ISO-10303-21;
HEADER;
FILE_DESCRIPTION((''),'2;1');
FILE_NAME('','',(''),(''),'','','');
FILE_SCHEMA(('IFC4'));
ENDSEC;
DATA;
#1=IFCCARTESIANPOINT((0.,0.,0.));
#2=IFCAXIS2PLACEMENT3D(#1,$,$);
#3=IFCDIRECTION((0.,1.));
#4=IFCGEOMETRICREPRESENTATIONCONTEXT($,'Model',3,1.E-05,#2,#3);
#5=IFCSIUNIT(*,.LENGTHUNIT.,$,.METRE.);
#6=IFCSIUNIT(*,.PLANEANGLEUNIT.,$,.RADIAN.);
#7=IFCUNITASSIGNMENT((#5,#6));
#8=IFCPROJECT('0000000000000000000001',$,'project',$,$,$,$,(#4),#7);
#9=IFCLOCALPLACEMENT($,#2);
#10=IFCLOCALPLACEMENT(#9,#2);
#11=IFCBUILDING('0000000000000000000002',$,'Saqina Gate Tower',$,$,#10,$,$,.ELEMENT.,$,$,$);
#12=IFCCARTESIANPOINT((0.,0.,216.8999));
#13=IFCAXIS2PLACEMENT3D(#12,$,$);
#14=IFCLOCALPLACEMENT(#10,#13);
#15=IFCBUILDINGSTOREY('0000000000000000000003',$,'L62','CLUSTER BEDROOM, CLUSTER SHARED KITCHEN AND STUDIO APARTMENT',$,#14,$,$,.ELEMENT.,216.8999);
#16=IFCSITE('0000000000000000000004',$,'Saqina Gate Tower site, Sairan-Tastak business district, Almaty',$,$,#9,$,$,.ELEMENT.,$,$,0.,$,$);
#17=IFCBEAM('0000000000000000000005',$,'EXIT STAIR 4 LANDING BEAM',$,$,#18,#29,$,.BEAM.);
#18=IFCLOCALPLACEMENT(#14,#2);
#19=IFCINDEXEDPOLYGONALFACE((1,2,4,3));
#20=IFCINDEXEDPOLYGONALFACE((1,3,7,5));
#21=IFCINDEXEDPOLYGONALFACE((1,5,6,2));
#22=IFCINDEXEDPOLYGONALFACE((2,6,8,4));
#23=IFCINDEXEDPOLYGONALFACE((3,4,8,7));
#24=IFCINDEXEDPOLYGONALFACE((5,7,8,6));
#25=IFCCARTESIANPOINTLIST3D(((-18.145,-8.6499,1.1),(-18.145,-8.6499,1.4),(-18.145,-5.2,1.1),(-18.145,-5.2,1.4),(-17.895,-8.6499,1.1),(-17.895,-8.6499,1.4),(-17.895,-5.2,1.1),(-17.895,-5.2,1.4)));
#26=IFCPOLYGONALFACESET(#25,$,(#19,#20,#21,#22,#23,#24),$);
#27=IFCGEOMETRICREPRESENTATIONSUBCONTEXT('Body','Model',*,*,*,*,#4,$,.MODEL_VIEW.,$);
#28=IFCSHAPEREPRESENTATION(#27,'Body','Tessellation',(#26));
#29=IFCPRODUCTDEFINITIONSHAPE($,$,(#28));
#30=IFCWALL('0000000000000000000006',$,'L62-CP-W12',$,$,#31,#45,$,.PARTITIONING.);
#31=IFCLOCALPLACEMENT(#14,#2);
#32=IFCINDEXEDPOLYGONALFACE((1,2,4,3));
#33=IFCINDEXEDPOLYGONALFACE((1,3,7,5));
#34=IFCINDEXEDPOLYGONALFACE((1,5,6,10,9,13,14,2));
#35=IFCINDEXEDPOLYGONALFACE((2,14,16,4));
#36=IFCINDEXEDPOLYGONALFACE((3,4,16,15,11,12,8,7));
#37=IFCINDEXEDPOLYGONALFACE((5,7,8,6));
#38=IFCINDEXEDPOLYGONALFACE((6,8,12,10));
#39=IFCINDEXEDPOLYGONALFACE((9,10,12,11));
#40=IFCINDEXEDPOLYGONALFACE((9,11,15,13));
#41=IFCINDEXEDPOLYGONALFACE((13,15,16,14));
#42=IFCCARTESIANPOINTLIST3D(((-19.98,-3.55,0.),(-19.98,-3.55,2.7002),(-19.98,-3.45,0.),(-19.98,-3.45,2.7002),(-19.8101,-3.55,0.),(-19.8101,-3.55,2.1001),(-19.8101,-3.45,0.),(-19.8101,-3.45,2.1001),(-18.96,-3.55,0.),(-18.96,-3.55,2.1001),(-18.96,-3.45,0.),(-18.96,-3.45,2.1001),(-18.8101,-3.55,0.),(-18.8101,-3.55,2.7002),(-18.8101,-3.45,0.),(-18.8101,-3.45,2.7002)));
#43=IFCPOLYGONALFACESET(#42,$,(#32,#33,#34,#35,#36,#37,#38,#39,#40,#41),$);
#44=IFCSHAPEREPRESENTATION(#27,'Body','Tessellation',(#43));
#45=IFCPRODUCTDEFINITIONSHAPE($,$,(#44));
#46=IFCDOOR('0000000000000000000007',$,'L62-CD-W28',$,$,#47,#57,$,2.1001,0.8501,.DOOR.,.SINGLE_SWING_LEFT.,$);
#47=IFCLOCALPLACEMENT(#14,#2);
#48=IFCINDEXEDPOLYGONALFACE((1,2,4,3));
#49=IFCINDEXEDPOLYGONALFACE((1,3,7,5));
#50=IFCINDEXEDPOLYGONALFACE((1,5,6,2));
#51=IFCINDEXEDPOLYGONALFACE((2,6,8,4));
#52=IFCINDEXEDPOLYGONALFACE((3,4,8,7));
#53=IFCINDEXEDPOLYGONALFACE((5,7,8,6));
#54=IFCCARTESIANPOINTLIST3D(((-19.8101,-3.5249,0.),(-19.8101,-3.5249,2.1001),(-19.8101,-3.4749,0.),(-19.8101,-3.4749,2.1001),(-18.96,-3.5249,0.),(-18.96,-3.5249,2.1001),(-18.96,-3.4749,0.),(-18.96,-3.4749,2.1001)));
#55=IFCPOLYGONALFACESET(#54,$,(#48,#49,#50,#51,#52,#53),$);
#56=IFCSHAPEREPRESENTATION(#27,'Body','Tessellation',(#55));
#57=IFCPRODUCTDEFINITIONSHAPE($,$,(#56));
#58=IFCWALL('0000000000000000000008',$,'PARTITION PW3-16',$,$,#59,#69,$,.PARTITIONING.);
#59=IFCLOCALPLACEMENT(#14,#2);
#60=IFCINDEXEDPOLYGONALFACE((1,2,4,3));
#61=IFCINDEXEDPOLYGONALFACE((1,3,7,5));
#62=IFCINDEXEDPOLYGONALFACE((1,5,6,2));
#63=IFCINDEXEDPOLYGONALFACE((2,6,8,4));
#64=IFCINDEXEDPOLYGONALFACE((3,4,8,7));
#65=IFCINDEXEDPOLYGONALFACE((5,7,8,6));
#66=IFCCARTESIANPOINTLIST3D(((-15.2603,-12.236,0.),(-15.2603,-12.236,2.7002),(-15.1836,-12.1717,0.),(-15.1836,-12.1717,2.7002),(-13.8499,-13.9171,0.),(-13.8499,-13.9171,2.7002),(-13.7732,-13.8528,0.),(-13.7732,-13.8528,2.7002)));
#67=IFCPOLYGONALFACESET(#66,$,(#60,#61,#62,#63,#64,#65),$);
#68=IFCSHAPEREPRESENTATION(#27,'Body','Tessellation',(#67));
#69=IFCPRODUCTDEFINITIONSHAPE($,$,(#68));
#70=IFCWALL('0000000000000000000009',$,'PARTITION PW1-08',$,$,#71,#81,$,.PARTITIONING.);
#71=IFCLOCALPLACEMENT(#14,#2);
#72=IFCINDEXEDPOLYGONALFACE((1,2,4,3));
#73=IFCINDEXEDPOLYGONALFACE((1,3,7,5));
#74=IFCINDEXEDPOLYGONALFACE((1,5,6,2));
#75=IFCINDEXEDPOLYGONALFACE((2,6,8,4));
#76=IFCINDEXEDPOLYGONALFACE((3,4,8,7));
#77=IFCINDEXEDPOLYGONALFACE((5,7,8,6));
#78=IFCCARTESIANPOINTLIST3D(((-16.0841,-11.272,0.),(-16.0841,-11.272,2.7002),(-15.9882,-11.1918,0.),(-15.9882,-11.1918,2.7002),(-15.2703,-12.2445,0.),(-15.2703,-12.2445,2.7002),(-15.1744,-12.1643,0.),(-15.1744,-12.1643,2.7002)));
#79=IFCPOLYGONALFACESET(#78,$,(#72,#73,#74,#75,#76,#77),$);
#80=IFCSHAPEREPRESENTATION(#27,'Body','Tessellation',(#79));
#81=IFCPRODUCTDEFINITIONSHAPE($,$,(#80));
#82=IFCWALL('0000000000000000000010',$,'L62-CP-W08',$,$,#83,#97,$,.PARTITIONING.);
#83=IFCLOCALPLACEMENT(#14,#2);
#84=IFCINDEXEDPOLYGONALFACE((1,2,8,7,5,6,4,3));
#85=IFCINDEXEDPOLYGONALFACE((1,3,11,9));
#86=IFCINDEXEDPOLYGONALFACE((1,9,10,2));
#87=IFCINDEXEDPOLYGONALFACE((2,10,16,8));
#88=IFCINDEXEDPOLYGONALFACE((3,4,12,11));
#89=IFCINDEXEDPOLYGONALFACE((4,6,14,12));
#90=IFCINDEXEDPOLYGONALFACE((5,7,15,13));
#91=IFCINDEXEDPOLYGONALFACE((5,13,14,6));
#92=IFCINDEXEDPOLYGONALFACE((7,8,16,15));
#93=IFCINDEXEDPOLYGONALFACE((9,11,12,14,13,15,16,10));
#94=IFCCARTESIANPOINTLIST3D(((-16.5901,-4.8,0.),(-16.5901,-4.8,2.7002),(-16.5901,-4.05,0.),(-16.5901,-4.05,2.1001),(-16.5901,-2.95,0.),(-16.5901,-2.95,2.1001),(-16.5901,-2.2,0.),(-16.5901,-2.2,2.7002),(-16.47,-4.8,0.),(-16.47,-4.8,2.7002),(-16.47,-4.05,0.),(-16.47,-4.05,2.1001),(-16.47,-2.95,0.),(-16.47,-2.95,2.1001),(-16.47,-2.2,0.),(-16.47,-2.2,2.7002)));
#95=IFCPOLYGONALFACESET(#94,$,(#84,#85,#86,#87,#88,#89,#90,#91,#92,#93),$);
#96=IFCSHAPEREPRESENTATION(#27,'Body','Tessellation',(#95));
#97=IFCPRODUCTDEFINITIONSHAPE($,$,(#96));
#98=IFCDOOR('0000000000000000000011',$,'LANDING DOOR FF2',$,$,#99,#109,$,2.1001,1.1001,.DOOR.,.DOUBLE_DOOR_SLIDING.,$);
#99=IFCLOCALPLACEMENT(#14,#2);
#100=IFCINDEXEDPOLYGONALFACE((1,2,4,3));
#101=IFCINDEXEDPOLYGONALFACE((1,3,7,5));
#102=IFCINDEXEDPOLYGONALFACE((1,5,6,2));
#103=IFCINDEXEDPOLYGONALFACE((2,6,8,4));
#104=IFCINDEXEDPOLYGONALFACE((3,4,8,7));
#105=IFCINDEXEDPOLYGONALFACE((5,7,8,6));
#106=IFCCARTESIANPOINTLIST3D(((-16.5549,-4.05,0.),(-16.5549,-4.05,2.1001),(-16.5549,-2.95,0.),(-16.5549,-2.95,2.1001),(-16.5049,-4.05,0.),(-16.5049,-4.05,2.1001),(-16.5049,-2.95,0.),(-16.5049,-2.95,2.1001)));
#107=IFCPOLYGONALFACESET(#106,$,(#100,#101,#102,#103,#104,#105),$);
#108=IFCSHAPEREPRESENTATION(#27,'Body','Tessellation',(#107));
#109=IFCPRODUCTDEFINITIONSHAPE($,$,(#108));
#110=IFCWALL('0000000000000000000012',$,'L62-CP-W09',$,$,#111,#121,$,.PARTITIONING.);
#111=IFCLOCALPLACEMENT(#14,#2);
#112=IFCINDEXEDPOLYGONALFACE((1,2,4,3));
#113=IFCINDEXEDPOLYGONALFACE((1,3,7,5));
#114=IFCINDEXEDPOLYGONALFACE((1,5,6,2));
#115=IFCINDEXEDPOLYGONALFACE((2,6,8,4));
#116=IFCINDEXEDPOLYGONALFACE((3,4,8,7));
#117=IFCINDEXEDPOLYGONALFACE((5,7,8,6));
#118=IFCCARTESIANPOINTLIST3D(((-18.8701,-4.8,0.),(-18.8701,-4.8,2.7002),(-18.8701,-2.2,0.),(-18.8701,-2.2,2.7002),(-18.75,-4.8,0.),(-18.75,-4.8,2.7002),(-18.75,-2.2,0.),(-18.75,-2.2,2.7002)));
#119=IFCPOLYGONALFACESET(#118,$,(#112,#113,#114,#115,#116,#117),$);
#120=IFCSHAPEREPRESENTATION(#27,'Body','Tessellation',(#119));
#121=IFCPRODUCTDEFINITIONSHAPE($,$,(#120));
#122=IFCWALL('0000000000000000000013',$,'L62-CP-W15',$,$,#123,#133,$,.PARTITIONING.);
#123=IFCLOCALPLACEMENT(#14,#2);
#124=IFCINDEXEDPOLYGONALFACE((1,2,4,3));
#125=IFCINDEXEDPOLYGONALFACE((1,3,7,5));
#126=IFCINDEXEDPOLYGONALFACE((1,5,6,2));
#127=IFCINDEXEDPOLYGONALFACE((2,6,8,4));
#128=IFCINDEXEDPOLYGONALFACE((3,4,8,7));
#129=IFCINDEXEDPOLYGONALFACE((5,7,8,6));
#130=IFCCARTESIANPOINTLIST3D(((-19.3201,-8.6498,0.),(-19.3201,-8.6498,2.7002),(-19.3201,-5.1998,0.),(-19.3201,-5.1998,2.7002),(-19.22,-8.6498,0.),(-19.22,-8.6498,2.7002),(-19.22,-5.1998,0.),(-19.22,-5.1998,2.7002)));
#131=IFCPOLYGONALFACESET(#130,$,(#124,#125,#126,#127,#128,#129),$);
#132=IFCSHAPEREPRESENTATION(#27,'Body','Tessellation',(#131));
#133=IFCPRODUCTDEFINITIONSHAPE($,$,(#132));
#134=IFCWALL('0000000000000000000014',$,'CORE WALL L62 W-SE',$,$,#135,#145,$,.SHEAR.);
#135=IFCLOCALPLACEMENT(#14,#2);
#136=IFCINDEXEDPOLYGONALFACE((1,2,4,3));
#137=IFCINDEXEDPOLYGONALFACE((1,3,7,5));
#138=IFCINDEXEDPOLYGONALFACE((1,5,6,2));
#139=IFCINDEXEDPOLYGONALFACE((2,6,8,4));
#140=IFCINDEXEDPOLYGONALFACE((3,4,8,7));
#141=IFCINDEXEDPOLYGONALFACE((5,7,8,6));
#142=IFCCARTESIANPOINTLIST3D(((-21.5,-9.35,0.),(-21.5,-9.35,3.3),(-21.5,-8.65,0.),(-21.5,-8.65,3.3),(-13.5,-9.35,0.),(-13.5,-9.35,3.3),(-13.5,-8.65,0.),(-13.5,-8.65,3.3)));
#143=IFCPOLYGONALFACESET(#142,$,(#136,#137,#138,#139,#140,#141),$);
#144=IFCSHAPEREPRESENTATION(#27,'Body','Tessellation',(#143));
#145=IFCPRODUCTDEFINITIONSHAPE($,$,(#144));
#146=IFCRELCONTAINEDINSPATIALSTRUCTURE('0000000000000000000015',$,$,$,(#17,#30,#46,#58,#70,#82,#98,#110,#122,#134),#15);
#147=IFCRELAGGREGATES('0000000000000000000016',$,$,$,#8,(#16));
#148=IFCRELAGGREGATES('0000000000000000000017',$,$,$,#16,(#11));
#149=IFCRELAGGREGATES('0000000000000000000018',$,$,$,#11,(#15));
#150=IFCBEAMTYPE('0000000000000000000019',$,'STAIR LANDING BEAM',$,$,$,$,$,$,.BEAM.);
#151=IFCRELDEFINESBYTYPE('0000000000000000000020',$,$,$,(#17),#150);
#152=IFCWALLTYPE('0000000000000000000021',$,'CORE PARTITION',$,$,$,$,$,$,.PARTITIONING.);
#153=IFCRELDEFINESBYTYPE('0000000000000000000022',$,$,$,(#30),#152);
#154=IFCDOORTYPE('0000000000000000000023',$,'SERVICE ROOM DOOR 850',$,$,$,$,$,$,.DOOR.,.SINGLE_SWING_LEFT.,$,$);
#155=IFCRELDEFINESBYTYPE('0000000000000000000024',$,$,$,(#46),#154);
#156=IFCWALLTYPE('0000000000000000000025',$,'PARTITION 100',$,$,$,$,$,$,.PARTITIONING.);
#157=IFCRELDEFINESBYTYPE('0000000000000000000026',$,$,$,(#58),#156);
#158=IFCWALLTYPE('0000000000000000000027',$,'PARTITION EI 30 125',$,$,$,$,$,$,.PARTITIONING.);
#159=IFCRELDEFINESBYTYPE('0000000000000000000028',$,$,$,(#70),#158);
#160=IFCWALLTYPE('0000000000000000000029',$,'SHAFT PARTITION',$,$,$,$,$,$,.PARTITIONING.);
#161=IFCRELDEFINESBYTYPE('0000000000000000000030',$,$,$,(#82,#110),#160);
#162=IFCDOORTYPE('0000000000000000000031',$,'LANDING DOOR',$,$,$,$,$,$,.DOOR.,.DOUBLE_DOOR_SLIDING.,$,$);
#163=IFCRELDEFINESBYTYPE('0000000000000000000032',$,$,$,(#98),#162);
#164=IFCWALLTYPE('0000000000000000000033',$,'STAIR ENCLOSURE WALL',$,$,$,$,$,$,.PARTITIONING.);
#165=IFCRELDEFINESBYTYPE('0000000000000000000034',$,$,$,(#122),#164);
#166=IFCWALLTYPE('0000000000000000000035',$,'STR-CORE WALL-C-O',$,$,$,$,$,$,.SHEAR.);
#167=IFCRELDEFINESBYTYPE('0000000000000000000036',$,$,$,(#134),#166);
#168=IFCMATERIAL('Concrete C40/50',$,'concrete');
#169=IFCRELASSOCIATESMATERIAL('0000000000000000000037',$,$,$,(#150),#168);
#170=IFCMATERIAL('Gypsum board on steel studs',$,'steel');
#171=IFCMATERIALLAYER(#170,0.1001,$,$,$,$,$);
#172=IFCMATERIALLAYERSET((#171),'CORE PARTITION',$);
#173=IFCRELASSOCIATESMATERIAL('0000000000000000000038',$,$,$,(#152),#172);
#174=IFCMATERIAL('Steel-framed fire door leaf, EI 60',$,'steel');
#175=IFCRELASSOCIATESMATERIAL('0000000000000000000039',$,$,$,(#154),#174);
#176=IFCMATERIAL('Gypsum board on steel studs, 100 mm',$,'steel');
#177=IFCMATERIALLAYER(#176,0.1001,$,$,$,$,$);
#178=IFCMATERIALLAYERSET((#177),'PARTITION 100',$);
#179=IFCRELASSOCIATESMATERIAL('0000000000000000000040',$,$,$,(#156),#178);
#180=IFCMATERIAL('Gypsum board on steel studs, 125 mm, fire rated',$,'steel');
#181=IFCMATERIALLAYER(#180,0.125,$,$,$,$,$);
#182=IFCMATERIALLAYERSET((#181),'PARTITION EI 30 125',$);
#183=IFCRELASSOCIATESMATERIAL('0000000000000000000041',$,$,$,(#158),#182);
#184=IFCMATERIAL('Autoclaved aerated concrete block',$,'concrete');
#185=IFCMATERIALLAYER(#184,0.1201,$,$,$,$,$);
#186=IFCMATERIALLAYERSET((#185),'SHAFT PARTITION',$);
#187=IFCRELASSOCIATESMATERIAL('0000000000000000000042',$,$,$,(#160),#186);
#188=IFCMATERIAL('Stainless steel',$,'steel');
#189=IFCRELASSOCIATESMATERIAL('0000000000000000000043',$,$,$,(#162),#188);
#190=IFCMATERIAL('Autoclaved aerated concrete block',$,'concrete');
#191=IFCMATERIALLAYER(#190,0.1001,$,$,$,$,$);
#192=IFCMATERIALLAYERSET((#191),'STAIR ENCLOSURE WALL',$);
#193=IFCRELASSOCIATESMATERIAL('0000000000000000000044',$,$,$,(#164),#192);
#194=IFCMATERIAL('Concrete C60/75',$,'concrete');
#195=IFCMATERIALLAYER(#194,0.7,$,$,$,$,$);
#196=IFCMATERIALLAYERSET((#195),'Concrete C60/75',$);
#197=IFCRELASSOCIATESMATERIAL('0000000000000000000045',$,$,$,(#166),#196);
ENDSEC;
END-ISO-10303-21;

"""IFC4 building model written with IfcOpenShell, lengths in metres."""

from ifc_helpers import new_model, si_unit, direction, frame, frame_2d, origin, origin_2d, place, context, subcontext, project, spatial, rectangle, extrude, material, layer, layer_set, material_profile, profile_set, type_object, element, fill, save


model = new_model("IFC4")

# Units and contexts
model_context = context("Model", 3, precision=1e-05, world=origin(), true_north=direction((0.0, 1.0)))
body_context = subcontext(model_context, "Body", "Model", "MODEL_VIEW")
ifc_project = project(units=[si_unit("LENGTHUNIT", "METRE"), si_unit("PLANEANGLEUNIT", "RADIAN")], contexts=[model_context])

# Site, building, storey
site_placement = place(None, origin())
site = spatial("IfcSite", under=ifc_project, at=site_placement, Name="Saqina Gate Tower site, Sairan-Tastak business district, Almaty", CompositionType="ELEMENT", RefElevation=0.0)
building_placement = place(site_placement, origin())
building = spatial("IfcBuilding", under=site, at=building_placement, Name="Saqina Gate Tower", CompositionType="ELEMENT")
storey_placement = place(building_placement, frame((0.0, 0.0, 216.8999)))
storey = spatial("IfcBuildingStorey", under=building, at=storey_placement, Name="L62", Description="CLUSTER BEDROOM, CLUSTER SHARED KITCHEN AND STUDIO APARTMENT", CompositionType="ELEMENT", Elevation=216.8999)

# Beam
ifc_material_1 = material(Name="Concrete C40/50", Category="concrete")
ifc_material_profile = material_profile(ifc_material_1, rectangle(XDim=0.25, YDim=0.3, at=origin_2d()), Name="STAIR LANDING BEAM")
ifc_profile_set = profile_set([ifc_material_profile], Name="Concrete C40/50")
beam_type = type_object("IfcBeamType", Name="STAIR LANDING BEAM", PredefinedType="BEAM", material=ifc_profile_set)
beam_placement = place(storey_placement, frame((-18.02, -8.6499, 1.25), z_axis=(0.0, 1.0, 0.0), x_axis=(-1.0, 0.0, 0.0)))
element("IfcBeam", 1, at=beam_placement, inside=storey, type_object=beam_type, Name="EXIT STAIR 4 LANDING BEAM", PredefinedType="BEAM", context=body_context, shape_type="SweptSolid", body=[
    extrude(rectangle(XDim=0.25, YDim=0.3, at=origin_2d()), origin(), (0.0, 0.0, 1.0), 3.45),
])

# Wall, opening, door
ifc_material_2 = material(Name="Gypsum board on steel studs", Category="steel")
ifc_layer_1 = layer(ifc_material_2, 0.1001)
ifc_layer_set_1 = layer_set([ifc_layer_1], Name="CORE PARTITION")
wall_type_1 = type_object("IfcWallType", Name="CORE PARTITION", PredefinedType="PARTITIONING", material=ifc_layer_set_1)
wall_1_placement = place(storey_placement, frame((-18.8101, -3.5, 0.0), z_axis=(0.0, 0.0, 1.0), x_axis=(-1.0, 0.0, 0.0)))
wall_1 = element("IfcWall", 2, at=wall_1_placement, inside=storey, type_object=wall_type_1, Name="L62-CP-W12", PredefinedType="PARTITIONING", context=body_context, shape_type="SweptSolid", body=[
    extrude(rectangle(XDim=1.1699, YDim=0.1001, at=frame_2d((0.585, 0.0))), origin(), (0.0, 0.0, 1.0), 2.7002),
])
opening_1_placement = place(wall_1_placement, frame((0.1499, 0.0, 0.0)))
opening_1 = element("IfcOpeningElement", 3, at=opening_1_placement, cuts=wall_1, PredefinedType="OPENING", context=body_context, shape_type="SweptSolid", body=[
    extrude(rectangle(XDim=0.8501, YDim=2.1001, at=frame_2d((0.425, 1.05))), frame((0.0, 0.062, 0.0), z_axis=(0.0, -1.0, 0.0), x_axis=(1.0, 0.0, 0.0)), (0.0, 0.0, 1.0), 0.124),
])
ifc_material_3 = material(Name="Steel-framed fire door leaf, EI 60", Category="steel")
door_type_1 = type_object("IfcDoorType", Name="SERVICE ROOM DOOR 850", OperationType="SINGLE_SWING_LEFT", PredefinedType="DOOR", material=ifc_material_3)
door_1_placement = place(opening_1_placement, origin())
door_1 = element("IfcDoor", 4, at=door_1_placement, inside=storey, type_object=door_type_1, Name="L62-CD-W28", OperationType="SINGLE_SWING_LEFT", OverallHeight=2.1001, OverallWidth=0.8501, PredefinedType="DOOR", context=body_context, shape_type="SweptSolid", body=[
    extrude(rectangle(XDim=0.8501, YDim=2.1001, at=frame_2d((0.425, 1.05))), frame((0.0, 0.0249, 0.0), z_axis=(0.0, -1.0, 0.0), x_axis=(1.0, 0.0, 0.0)), (0.0, 0.0, 1.0), 0.05),
])
fill(opening_1, door_1)

# Walls
ifc_material_4 = material(Name="Gypsum board on steel studs, 100 mm", Category="steel")
ifc_layer_2 = layer(ifc_material_4, 0.1001)
ifc_layer_set_2 = layer_set([ifc_layer_2], Name="PARTITION 100")
wall_type_2 = type_object("IfcWallType", Name="PARTITION 100", PredefinedType="PARTITIONING", material=ifc_layer_set_2)
wall_2_placement = place(storey_placement, frame((-15.2219, -12.2039, 0.0), z_axis=(0.0, 0.0, 1.0), x_axis=(0.64272, -0.766101, 0.0)))
element("IfcWall", 5, at=wall_2_placement, inside=storey, type_object=wall_type_2, Name="PARTITION PW3-16", PredefinedType="PARTITIONING", context=body_context, shape_type="SweptSolid", body=[
    extrude(rectangle(XDim=2.1943, YDim=0.1001, at=frame_2d((1.0972, 0.0))), origin(), (0.0, 0.0, 1.0), 2.7002),
])
ifc_material_5 = material(Name="Gypsum board on steel studs, 125 mm, fire rated", Category="steel")
ifc_layer_3 = layer(ifc_material_5, 0.125)
ifc_layer_set_3 = layer_set([ifc_layer_3], Name="PARTITION EI 30 125")
wall_type_3 = type_object("IfcWallType", Name="PARTITION EI 30 125", PredefinedType="PARTITIONING", material=ifc_layer_set_3)
wall_3_placement = place(storey_placement, frame((-16.0361, -11.2319, 0.0), z_axis=(0.0, 0.0, 1.0), x_axis=(0.641755, -0.76691, 0.0)))
element("IfcWall", 6, at=wall_3_placement, inside=storey, type_object=wall_type_3, Name="PARTITION PW1-08", PredefinedType="PARTITIONING", context=body_context, shape_type="SweptSolid", body=[
    extrude(rectangle(XDim=1.2681, YDim=0.125, at=frame_2d((0.634, 0.0))), origin(), (0.0, 0.0, 1.0), 2.7002),
])

# Wall, opening, door
ifc_material_6 = material(Name="Autoclaved aerated concrete block", Category="concrete")
ifc_layer_4 = layer(ifc_material_6, 0.1201)
ifc_layer_set_4 = layer_set([ifc_layer_4], Name="SHAFT PARTITION")
wall_type_4 = type_object("IfcWallType", Name="SHAFT PARTITION", PredefinedType="PARTITIONING", material=ifc_layer_set_4)
wall_4_placement = place(storey_placement, frame((-16.53, -4.8, 0.0), z_axis=(0.0, 0.0, 1.0), x_axis=(0.0, 1.0, 0.0)))
wall_4 = element("IfcWall", 7, at=wall_4_placement, inside=storey, type_object=wall_type_4, Name="L62-CP-W08", PredefinedType="PARTITIONING", context=body_context, shape_type="SweptSolid", body=[
    extrude(rectangle(XDim=2.6001, YDim=0.1201, at=frame_2d((1.3, 0.0))), origin(), (0.0, 0.0, 1.0), 2.7002),
])
opening_2_placement = place(wall_4_placement, frame((0.75, 0.0, 0.0)))
opening_2 = element("IfcOpeningElement", 8, at=opening_2_placement, cuts=wall_4, PredefinedType="OPENING", context=body_context, shape_type="SweptSolid", body=[
    extrude(rectangle(XDim=1.1001, YDim=2.1001, at=frame_2d((0.55, 1.05))), frame((0.0, 0.072, 0.0), z_axis=(0.0, -1.0, 0.0), x_axis=(1.0, 0.0, 0.0)), (0.0, 0.0, 1.0), 0.144),
])
ifc_material_7 = material(Name="Stainless steel", Category="steel")
door_type_2 = type_object("IfcDoorType", Name="LANDING DOOR", OperationType="DOUBLE_DOOR_SLIDING", PredefinedType="DOOR", material=ifc_material_7)
door_2_placement = place(opening_2_placement, origin())
door_2 = element("IfcDoor", 9, at=door_2_placement, inside=storey, type_object=door_type_2, Name="LANDING DOOR FF2", OperationType="DOUBLE_DOOR_SLIDING", OverallHeight=2.1001, OverallWidth=1.1001, PredefinedType="DOOR", context=body_context, shape_type="SweptSolid", body=[
    extrude(rectangle(XDim=1.1001, YDim=2.1001, at=frame_2d((0.55, 1.05))), frame((0.0, 0.0249, 0.0), z_axis=(0.0, -1.0, 0.0), x_axis=(1.0, 0.0, 0.0)), (0.0, 0.0, 1.0), 0.05),
])
fill(opening_2, door_2)

# Walls
wall_5_placement = place(storey_placement, frame((-18.8101, -4.8, 0.0), z_axis=(0.0, 0.0, 1.0), x_axis=(0.0, 1.0, 0.0)))
element("IfcWall", 10, at=wall_5_placement, inside=storey, type_object=wall_type_4, Name="L62-CP-W09", PredefinedType="PARTITIONING", context=body_context, shape_type="SweptSolid", body=[
    extrude(rectangle(XDim=2.6001, YDim=0.1201, at=frame_2d((1.3, 0.0))), origin(), (0.0, 0.0, 1.0), 2.7002),
])
ifc_material_8 = material(Name="Autoclaved aerated concrete block", Category="concrete")
ifc_layer_5 = layer(ifc_material_8, 0.1001)
ifc_layer_set_5 = layer_set([ifc_layer_5], Name="STAIR ENCLOSURE WALL")
wall_type_5 = type_object("IfcWallType", Name="STAIR ENCLOSURE WALL", PredefinedType="PARTITIONING", material=ifc_layer_set_5)
wall_6_placement = place(storey_placement, frame((-19.27, -8.6499, 0.0), z_axis=(0.0, 0.0, 1.0), x_axis=(0.0, 1.0, 0.0)))
element("IfcWall", 11, at=wall_6_placement, inside=storey, type_object=wall_type_5, Name="L62-CP-W15", PredefinedType="PARTITIONING", context=body_context, shape_type="SweptSolid", body=[
    extrude(rectangle(XDim=3.45, YDim=0.1001, at=frame_2d((1.7251, 0.0))), origin(), (0.0, 0.0, 1.0), 2.7002),
])

# Shared definitions
ifc_material_9 = material(Name="Concrete C60/75", Category="concrete")
ifc_layer_6 = layer(ifc_material_9, 0.7)
ifc_layer_set_6 = layer_set([ifc_layer_6], Name="Concrete C60/75")
wall_type_6 = type_object("IfcWallType", Name="STR-CORE WALL-C-O", PredefinedType="SHEAR", material=ifc_layer_set_6)

# Wall
wall_7_placement = place(storey_placement, frame((-13.5, -9.0, 0.0), z_axis=(0.0, 0.0, 1.0), x_axis=(-1.0, 0.0, 0.0)))
element("IfcWall", 12, at=wall_7_placement, inside=storey, type_object=wall_type_6, Name="CORE WALL L62 W-SE", PredefinedType="SHEAR", context=body_context, shape_type="SweptSolid", body=[
    extrude(rectangle(XDim=8.0, YDim=0.7, at=frame_2d((4.0, 0.0))), origin(), (0.0, 0.0, 1.0), 3.3),
])

save(model, "model.ifc")
